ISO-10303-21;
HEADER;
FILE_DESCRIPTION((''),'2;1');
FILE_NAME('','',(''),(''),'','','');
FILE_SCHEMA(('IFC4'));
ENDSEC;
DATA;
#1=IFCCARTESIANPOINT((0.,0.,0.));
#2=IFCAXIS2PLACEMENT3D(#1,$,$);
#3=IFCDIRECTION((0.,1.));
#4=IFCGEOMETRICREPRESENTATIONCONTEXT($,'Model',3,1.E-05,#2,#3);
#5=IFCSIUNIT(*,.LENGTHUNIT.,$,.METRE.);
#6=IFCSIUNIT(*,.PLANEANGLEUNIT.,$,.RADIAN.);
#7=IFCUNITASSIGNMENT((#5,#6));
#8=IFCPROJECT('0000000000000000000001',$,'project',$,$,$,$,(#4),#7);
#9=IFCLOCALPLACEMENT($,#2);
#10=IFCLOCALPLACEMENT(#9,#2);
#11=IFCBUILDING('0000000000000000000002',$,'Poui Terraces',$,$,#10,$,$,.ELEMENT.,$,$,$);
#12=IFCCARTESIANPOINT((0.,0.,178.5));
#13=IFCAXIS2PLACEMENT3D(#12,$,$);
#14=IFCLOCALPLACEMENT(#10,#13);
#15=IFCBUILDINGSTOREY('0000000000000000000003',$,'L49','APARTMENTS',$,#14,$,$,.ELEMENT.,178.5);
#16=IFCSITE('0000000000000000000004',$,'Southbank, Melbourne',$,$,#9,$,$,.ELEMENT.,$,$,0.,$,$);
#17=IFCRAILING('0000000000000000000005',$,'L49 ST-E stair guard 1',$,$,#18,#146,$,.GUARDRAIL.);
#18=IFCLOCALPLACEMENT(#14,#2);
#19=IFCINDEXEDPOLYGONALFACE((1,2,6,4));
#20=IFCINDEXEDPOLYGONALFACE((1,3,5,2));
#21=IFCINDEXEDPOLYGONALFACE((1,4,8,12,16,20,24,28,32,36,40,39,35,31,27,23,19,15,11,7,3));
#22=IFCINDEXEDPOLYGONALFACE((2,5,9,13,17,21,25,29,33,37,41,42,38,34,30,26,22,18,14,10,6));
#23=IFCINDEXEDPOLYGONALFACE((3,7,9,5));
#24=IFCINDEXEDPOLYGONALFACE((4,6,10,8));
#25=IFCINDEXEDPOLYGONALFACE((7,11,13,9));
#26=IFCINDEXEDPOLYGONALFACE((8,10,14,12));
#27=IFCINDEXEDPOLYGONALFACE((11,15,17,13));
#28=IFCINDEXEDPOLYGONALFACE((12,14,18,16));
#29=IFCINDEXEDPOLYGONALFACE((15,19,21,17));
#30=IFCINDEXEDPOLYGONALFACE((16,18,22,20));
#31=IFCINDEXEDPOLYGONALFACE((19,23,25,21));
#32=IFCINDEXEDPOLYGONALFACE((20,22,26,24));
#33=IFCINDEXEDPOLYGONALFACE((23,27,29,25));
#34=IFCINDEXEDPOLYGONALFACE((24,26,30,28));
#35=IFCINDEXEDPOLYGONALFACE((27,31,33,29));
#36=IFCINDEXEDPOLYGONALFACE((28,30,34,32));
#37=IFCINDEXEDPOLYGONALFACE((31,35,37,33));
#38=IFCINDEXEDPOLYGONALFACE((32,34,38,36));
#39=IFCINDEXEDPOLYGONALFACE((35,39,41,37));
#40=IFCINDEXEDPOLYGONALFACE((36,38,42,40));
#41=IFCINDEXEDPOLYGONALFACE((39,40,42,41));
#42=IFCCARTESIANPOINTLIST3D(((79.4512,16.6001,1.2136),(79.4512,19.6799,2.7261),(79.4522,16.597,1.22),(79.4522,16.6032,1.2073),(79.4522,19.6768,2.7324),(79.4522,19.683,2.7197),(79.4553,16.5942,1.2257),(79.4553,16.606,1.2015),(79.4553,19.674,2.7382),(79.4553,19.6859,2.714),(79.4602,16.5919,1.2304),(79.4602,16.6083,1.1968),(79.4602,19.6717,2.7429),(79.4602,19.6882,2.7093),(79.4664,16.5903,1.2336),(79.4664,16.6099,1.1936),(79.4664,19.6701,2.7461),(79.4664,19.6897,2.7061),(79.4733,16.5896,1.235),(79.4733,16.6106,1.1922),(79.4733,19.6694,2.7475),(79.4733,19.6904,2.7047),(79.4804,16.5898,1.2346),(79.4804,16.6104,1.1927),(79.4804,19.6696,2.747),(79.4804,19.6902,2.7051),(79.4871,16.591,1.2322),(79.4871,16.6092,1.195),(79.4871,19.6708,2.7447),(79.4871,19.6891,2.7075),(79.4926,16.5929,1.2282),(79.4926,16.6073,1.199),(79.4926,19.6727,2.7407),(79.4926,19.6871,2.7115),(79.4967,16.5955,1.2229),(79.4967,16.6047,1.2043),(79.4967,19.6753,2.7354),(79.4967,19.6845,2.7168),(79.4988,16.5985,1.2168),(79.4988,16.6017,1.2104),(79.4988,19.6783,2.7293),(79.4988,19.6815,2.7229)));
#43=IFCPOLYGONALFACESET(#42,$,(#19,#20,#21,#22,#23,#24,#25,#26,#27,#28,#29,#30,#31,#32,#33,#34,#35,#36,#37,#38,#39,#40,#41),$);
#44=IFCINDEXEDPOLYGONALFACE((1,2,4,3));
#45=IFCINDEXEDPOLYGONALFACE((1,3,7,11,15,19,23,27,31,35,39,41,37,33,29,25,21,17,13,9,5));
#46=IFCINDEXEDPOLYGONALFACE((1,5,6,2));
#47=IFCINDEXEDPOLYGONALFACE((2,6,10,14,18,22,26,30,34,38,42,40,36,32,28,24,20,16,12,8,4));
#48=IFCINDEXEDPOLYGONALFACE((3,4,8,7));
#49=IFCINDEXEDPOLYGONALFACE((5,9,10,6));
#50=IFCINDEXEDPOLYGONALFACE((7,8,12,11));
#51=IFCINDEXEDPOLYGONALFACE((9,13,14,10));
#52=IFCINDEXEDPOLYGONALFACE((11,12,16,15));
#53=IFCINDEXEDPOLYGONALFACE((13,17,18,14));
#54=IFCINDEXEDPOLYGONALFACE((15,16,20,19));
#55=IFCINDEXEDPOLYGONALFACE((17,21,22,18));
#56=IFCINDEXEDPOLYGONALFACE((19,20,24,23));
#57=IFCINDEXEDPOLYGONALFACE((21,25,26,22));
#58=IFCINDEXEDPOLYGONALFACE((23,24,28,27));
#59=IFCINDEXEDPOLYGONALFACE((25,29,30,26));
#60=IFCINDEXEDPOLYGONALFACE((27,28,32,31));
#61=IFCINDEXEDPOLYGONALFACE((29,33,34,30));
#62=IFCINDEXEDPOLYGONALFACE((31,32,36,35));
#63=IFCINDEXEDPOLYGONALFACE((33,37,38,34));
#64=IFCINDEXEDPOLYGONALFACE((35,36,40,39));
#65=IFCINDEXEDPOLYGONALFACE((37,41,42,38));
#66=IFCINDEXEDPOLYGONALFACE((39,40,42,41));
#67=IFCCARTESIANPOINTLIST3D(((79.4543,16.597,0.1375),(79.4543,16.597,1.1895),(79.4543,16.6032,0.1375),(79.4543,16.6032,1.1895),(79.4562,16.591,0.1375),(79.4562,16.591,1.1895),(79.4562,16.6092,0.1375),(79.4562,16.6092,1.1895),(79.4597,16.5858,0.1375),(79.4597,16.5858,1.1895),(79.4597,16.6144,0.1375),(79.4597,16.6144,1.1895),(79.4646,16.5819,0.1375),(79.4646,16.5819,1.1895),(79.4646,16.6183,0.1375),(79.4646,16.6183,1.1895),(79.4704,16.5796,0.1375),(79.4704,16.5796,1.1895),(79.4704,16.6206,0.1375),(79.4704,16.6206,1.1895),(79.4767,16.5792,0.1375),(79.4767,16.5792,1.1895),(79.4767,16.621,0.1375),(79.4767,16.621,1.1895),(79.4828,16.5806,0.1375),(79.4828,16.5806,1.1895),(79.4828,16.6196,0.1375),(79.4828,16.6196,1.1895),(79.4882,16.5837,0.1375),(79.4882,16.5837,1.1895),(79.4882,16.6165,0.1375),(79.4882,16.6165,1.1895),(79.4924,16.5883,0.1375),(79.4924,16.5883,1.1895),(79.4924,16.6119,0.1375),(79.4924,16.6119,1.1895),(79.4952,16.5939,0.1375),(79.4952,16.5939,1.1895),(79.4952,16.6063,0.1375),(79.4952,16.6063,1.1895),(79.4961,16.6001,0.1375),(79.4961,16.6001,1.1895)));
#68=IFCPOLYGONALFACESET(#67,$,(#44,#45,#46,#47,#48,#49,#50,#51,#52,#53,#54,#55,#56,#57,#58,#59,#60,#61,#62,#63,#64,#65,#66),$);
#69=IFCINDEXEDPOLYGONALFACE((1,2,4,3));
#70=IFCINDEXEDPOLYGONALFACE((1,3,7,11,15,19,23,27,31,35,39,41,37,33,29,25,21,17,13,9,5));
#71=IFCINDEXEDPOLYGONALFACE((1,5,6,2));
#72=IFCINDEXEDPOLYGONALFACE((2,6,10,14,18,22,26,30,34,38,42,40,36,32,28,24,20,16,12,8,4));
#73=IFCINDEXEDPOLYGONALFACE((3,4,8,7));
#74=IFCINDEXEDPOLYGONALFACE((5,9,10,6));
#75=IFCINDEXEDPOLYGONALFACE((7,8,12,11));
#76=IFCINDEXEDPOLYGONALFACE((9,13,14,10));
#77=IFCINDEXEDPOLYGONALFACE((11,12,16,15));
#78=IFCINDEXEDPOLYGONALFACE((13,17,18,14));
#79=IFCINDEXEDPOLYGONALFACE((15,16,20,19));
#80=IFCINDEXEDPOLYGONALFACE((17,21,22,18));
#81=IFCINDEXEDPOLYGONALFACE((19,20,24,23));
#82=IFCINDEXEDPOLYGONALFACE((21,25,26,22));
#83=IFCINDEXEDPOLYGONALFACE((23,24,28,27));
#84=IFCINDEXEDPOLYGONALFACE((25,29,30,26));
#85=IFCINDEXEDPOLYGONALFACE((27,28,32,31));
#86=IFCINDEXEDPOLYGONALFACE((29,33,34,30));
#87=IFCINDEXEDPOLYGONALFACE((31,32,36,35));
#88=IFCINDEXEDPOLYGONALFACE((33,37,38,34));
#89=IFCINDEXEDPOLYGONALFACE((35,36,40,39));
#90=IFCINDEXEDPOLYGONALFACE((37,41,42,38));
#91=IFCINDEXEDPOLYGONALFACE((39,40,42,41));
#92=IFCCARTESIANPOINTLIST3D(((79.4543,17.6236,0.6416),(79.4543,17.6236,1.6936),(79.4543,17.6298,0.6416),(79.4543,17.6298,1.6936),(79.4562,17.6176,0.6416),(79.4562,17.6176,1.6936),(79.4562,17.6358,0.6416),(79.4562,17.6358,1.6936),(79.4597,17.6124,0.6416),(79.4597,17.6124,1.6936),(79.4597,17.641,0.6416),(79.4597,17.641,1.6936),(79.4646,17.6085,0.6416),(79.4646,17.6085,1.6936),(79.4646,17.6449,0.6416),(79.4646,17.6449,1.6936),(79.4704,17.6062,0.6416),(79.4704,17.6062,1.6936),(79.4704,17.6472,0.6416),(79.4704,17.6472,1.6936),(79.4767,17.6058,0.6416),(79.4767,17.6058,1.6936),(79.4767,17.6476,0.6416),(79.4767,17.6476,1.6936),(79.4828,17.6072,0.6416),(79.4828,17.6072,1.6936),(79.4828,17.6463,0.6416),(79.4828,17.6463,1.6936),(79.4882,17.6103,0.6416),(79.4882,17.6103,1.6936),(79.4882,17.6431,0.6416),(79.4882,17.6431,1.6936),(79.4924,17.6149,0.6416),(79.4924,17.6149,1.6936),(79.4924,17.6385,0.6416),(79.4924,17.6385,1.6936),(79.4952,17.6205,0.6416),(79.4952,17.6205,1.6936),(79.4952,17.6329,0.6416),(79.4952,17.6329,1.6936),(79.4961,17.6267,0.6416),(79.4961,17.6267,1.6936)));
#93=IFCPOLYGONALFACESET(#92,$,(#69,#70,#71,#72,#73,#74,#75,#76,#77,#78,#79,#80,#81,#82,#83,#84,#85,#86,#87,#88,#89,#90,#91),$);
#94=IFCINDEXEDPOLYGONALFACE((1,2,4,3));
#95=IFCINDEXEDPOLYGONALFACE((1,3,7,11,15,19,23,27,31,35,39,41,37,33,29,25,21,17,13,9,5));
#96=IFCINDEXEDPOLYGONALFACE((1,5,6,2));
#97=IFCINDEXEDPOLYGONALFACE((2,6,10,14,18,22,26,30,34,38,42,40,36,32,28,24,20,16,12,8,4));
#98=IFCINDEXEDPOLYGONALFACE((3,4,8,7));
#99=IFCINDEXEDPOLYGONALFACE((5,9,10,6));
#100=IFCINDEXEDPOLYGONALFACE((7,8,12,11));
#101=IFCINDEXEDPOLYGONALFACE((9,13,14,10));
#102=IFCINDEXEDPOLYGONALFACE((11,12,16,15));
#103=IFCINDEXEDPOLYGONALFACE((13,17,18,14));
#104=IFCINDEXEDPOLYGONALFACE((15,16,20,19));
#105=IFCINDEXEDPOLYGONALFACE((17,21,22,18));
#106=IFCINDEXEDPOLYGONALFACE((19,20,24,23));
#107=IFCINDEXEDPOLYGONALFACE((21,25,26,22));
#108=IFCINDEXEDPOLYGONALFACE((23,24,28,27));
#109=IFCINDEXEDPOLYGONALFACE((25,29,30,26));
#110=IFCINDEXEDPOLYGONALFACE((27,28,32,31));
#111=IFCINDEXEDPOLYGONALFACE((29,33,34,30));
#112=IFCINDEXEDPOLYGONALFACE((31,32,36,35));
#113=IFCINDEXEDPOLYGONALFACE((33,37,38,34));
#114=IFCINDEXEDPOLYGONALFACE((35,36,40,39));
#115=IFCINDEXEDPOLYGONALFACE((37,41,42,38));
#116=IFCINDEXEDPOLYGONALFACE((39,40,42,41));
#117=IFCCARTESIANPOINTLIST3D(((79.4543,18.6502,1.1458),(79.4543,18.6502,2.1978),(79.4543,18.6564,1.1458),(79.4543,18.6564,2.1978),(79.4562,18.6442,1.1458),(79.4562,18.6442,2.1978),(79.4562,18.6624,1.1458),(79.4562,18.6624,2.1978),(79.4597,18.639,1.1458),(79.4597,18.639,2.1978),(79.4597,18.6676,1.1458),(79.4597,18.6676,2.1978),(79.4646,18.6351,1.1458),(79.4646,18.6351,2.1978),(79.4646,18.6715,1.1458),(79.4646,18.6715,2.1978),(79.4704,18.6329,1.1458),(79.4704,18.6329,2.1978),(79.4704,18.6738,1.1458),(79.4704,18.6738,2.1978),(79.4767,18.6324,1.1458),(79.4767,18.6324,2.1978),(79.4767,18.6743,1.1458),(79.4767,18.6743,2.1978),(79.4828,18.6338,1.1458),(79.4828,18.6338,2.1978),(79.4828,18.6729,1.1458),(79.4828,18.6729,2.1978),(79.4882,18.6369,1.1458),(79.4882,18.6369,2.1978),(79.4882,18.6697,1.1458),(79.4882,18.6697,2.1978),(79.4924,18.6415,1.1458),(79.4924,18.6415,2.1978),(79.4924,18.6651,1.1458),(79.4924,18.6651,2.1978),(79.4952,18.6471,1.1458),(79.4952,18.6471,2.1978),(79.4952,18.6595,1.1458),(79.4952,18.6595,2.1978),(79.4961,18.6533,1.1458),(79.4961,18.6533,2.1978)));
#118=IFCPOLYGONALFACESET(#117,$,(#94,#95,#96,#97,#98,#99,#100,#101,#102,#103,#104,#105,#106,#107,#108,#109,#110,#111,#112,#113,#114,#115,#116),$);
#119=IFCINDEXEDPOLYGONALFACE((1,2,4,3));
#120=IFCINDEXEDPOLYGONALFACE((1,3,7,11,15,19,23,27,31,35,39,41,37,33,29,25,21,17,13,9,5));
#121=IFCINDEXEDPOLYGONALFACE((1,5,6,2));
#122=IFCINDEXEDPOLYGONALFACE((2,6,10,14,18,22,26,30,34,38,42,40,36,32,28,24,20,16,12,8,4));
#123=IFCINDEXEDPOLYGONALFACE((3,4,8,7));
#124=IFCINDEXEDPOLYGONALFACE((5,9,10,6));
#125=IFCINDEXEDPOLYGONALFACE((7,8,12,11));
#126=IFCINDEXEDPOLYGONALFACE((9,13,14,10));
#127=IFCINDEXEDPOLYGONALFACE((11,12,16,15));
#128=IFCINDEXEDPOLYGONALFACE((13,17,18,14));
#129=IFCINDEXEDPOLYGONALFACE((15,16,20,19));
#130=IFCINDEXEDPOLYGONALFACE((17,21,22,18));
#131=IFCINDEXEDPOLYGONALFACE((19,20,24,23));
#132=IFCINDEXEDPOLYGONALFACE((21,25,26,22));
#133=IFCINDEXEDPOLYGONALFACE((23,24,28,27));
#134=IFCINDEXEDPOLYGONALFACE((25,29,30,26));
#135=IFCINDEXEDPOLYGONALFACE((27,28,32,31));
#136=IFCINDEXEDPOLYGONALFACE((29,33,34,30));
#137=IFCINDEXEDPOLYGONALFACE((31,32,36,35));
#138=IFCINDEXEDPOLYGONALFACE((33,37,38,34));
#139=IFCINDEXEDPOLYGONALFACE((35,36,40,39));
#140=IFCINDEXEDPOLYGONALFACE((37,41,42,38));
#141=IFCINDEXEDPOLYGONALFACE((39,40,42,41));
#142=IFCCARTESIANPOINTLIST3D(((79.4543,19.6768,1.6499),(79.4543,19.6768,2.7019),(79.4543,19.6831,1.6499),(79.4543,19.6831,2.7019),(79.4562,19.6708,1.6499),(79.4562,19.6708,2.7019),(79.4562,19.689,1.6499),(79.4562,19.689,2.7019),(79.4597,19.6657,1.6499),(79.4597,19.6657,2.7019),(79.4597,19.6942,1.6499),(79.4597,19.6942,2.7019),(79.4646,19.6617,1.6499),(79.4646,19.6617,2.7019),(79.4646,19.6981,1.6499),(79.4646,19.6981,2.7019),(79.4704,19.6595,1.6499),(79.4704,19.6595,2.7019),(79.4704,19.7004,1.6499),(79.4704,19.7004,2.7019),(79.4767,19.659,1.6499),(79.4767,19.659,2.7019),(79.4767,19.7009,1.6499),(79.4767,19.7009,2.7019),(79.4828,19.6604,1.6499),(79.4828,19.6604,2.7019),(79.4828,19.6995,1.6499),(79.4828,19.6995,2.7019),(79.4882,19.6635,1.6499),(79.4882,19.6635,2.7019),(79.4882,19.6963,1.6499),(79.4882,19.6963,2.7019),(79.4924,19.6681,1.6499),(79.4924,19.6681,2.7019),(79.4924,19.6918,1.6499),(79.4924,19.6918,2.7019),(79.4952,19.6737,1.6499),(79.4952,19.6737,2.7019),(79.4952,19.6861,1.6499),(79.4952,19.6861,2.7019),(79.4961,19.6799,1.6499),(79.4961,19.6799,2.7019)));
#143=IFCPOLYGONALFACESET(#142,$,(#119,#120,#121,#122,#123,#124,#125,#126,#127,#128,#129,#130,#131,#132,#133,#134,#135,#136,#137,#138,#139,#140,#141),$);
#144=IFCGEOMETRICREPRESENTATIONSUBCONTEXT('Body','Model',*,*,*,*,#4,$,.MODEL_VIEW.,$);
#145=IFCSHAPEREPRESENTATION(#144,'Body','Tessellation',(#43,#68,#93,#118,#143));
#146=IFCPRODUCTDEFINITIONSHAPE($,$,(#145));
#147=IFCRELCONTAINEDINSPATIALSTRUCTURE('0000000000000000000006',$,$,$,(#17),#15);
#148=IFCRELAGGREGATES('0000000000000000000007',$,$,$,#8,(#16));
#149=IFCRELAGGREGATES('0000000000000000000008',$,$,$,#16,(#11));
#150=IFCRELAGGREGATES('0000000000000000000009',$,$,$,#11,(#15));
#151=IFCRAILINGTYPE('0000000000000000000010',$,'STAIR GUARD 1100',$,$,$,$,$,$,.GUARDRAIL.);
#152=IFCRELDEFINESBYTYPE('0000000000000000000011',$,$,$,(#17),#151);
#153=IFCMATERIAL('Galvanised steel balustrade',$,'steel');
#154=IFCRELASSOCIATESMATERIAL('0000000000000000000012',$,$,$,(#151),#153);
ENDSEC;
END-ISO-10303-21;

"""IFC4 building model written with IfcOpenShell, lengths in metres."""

from ifc_helpers import new_model, si_unit, direction, frame, origin, origin_2d, place, context, subcontext, project, spatial, circle, extrude, material, type_object, element, save


model = new_model("IFC4")

# Units and contexts
model_context = context("Model", 3, precision=1e-05, world=origin(), true_north=direction((0.0, 1.0)))
body_context = subcontext(model_context, "Body", "Model", "MODEL_VIEW")
ifc_project = project(units=[si_unit("LENGTHUNIT", "METRE"), si_unit("PLANEANGLEUNIT", "RADIAN")], contexts=[model_context])

# Site, building, storey
site_placement = place(None, origin())
site = spatial("IfcSite", under=ifc_project, at=site_placement, Name="Southbank, Melbourne", CompositionType="ELEMENT", RefElevation=0.0)
building_placement = place(site_placement, origin())
building = spatial("IfcBuilding", under=site, at=building_placement, Name="Poui Terraces", CompositionType="ELEMENT")
storey_placement = place(building_placement, frame((0.0, 0.0, 178.5)))
storey = spatial("IfcBuildingStorey", under=building, at=storey_placement, Name="L49", Description="APARTMENTS", CompositionType="ELEMENT", Elevation=178.5)

# Railing
ifc_material_1 = material(Name="Galvanised steel balustrade", Category="steel")
railing_type_1 = type_object("IfcRailingType", Name="STAIR GUARD 1100", PredefinedType="GUARDRAIL", material=ifc_material_1)
railing_1_placement = place(storey_placement, frame((79.4751, 16.6001, 0.1375)))
element("IfcRailing", 1, at=railing_1_placement, inside=storey, type_object=railing_type_1, Name="L49 ST-E stair guard 1", PredefinedType="GUARDRAIL", context=body_context, shape_type="SweptSolid", body=[
    extrude(circle(Radius=0.0239, at=origin_2d()), frame((0.0, 0.0, 1.0762), z_axis=(0.0, 0.897606, 0.440798), x_axis=(-1.0, 0.0, 0.0)), (0.0, 0.0, 1.0), 3.4312),
    extrude(circle(Radius=0.021, at=origin_2d()), origin(), (0.0, 0.0, 1.0), 1.052),
    extrude(circle(Radius=0.021, at=origin_2d()), frame((0.0, 1.0266, 0.5042)), (0.0, 0.0, 1.0), 1.052),
    extrude(circle(Radius=0.021, at=origin_2d()), frame((0.0, 2.0532, 1.0083)), (0.0, 0.0, 1.0), 1.052),
    extrude(circle(Radius=0.021, at=origin_2d()), frame((0.0, 3.0798, 1.5125)), (0.0, 0.0, 1.0), 1.052),
])

save(model, "model.ifc")
